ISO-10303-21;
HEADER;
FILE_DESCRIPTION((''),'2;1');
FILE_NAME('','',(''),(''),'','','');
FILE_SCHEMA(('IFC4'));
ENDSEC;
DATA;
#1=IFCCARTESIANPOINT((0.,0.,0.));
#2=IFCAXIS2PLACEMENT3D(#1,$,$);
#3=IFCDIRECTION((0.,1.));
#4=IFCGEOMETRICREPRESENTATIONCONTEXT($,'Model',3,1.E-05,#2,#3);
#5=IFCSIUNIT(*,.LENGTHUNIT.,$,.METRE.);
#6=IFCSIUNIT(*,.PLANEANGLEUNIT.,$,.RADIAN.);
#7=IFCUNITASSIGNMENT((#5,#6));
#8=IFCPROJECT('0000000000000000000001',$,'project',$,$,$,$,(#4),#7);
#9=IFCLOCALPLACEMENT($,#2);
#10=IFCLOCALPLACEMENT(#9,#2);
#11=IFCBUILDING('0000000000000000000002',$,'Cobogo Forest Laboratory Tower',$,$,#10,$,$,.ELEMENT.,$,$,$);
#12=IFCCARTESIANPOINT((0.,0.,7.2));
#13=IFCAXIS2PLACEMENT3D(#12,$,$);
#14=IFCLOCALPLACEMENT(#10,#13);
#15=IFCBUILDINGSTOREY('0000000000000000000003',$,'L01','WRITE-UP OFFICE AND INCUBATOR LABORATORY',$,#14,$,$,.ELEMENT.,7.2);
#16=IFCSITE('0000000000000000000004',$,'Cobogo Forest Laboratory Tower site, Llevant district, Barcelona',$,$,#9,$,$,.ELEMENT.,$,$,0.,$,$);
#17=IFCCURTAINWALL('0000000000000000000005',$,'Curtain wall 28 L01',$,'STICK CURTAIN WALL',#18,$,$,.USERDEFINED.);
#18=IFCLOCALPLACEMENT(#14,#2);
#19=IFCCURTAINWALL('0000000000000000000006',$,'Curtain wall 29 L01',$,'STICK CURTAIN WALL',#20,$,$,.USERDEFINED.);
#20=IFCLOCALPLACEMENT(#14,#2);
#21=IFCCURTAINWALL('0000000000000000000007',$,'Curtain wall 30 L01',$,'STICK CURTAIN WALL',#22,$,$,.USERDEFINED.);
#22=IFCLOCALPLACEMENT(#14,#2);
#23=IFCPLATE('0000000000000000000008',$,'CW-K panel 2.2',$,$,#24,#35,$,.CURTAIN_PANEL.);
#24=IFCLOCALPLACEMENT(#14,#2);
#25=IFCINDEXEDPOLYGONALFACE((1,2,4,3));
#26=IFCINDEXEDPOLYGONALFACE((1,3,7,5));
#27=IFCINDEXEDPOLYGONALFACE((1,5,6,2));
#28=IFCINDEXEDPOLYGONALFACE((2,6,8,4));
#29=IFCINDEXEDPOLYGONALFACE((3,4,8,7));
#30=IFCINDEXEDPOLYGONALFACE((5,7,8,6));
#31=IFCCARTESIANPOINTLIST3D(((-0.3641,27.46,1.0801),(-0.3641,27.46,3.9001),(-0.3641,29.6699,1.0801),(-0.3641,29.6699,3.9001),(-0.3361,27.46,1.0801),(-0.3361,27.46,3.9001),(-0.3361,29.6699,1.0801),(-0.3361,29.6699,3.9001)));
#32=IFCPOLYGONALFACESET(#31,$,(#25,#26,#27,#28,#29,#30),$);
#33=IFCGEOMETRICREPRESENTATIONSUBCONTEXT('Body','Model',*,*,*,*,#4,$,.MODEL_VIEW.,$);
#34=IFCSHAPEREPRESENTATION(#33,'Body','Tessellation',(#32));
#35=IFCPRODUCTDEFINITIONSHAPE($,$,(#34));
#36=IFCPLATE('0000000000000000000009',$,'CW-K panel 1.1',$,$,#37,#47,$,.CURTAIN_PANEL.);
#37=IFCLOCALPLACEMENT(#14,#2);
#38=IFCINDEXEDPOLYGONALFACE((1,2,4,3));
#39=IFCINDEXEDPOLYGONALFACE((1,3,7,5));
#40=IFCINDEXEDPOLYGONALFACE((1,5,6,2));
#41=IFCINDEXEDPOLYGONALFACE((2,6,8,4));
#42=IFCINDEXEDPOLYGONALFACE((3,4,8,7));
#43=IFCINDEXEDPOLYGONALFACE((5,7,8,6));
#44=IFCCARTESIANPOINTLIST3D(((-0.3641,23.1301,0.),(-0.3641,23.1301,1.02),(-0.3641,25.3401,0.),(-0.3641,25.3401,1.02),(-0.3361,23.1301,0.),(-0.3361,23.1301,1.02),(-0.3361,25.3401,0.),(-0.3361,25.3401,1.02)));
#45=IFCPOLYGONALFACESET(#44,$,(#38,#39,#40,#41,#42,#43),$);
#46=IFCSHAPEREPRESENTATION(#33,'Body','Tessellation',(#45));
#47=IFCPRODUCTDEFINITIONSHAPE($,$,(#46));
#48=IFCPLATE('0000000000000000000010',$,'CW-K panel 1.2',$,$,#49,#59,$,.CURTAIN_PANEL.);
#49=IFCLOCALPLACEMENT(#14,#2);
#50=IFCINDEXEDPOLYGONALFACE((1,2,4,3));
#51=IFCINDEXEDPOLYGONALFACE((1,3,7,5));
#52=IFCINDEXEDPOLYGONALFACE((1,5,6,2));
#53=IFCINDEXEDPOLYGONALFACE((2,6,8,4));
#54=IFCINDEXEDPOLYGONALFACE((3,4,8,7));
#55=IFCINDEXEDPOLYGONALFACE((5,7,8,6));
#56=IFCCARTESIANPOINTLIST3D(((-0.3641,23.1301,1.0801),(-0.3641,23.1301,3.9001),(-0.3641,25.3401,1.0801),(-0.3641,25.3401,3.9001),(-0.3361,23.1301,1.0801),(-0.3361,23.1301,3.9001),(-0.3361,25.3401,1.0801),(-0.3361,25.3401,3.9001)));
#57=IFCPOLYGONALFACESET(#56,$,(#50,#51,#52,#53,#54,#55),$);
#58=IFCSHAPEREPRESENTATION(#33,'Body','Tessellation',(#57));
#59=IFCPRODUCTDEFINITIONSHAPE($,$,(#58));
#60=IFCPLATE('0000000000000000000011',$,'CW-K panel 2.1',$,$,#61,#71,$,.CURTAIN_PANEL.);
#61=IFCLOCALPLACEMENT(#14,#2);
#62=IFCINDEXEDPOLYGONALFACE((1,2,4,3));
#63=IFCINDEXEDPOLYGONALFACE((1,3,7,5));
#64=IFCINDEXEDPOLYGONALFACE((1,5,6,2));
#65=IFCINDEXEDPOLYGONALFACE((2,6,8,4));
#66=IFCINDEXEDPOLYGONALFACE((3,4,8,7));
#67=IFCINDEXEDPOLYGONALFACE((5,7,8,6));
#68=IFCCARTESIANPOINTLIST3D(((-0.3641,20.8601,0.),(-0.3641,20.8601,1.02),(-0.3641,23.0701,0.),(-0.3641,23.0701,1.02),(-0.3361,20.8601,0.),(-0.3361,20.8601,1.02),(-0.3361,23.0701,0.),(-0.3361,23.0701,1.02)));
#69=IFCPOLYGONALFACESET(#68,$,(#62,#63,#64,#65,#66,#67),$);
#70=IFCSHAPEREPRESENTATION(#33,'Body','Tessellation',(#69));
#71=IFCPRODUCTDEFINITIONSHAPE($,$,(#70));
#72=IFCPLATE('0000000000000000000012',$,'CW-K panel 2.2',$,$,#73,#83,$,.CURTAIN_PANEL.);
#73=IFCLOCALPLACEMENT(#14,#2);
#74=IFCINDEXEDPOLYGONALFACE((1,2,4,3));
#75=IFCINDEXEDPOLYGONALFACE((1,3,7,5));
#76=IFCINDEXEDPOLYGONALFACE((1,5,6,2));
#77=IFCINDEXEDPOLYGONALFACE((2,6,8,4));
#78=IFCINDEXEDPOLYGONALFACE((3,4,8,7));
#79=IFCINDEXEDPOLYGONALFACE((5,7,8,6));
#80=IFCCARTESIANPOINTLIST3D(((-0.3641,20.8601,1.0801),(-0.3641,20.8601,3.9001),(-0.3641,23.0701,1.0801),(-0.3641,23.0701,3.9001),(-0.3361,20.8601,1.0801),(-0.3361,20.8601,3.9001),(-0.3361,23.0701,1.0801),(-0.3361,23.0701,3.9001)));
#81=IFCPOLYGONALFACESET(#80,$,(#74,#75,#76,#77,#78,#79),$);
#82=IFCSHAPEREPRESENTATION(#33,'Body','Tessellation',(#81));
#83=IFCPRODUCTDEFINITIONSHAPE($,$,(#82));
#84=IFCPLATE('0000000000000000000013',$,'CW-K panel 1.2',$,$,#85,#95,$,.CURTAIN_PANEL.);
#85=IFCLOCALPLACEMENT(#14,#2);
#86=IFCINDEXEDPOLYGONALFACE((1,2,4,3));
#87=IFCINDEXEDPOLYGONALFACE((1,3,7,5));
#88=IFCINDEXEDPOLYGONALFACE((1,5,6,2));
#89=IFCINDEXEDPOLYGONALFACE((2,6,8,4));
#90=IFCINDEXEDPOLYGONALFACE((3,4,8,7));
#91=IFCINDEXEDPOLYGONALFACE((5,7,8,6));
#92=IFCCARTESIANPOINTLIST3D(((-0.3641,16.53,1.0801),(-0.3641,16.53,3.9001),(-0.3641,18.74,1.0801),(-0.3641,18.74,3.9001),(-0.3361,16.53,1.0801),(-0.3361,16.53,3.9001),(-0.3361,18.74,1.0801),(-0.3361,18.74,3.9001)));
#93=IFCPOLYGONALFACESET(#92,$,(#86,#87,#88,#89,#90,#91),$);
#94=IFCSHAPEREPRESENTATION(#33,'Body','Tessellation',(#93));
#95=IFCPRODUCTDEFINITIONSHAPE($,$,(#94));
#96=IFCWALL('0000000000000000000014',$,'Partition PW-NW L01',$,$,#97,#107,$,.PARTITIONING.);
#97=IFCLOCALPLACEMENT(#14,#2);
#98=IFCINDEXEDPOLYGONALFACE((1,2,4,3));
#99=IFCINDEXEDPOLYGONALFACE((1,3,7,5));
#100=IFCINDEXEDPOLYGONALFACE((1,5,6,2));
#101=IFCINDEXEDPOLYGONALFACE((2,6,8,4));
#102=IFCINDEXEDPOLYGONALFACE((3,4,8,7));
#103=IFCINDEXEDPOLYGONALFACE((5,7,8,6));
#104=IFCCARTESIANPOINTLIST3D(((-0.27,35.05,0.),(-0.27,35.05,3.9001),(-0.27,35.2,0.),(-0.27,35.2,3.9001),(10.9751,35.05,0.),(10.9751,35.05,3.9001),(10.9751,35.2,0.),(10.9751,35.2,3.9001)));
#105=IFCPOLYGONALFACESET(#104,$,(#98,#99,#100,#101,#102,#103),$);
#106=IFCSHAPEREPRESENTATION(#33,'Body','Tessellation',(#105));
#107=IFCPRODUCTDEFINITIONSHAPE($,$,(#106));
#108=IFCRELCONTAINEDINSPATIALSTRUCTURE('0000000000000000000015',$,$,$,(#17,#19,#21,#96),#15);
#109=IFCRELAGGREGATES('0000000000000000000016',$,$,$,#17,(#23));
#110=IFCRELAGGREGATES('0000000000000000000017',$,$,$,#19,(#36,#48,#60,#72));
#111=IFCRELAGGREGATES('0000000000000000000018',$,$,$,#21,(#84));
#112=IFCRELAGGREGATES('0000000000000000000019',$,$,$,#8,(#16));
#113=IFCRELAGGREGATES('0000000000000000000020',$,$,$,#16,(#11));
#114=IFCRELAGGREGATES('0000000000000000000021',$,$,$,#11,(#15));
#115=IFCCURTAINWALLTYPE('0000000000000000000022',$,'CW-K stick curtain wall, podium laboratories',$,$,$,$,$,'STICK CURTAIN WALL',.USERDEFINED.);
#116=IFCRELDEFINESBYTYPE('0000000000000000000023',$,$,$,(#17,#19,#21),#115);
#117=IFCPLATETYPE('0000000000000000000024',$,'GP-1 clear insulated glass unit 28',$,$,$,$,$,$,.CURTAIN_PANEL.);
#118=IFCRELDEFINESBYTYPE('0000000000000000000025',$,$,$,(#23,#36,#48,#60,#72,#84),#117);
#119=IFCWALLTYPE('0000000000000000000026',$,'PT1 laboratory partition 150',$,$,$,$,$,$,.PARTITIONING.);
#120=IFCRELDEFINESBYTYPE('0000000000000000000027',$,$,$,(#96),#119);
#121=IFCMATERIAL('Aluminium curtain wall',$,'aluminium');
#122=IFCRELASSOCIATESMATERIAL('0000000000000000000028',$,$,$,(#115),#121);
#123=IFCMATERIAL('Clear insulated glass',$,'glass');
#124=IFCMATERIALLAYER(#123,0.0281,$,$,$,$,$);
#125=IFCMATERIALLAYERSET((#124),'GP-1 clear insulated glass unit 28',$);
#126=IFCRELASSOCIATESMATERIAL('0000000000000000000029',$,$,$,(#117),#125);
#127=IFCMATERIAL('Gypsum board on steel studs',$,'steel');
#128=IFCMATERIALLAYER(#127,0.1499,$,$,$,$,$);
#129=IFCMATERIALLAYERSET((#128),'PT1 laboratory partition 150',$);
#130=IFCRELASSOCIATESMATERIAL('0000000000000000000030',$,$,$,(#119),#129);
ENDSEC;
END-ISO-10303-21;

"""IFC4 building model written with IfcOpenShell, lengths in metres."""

from ifc_helpers import new_model, si_unit, direction, frame, frame_2d, origin, origin_2d, place, context, subcontext, project, spatial, rectangle, extrude, material, layer, layer_set, type_object, element, aggregate, save


model = new_model("IFC4")

# Units and contexts
model_context = context("Model", 3, precision=1e-05, world=origin(), true_north=direction((0.0, 1.0)))
body_context = subcontext(model_context, "Body", "Model", "MODEL_VIEW")
ifc_project = project(units=[si_unit("LENGTHUNIT", "METRE"), si_unit("PLANEANGLEUNIT", "RADIAN")], contexts=[model_context])

# Site, building, storey
site_placement = place(None, origin())
site = spatial("IfcSite", under=ifc_project, at=site_placement, Name="Cobogo Forest Laboratory Tower site, Llevant district, Barcelona", CompositionType="ELEMENT", RefElevation=0.0)
building_placement = place(site_placement, origin())
building = spatial("IfcBuilding", under=site, at=building_placement, Name="Cobogo Forest Laboratory Tower", CompositionType="ELEMENT")
storey_placement = place(building_placement, frame((0.0, 0.0, 7.2)))
storey = spatial("IfcBuildingStorey", under=building, at=storey_placement, Name="L01", Description="WRITE-UP OFFICE AND INCUBATOR LABORATORY", CompositionType="ELEMENT", Elevation=7.2)

# Curtain walls
ifc_material_1 = material(Name="Aluminium curtain wall", Category="aluminium")
curtain_wall_type = type_object("IfcCurtainWallType", Name="CW-K stick curtain wall, podium laboratories", ElementType="STICK CURTAIN WALL", PredefinedType="USERDEFINED", material=ifc_material_1)
curtain_wall_1_placement = place(storey_placement, origin())
curtain_wall_1 = element("IfcCurtainWall", 1, at=curtain_wall_1_placement, inside=storey, type_object=curtain_wall_type, Name="Curtain wall 28 L01", ObjectType="STICK CURTAIN WALL", PredefinedType="USERDEFINED")
curtain_wall_2_placement = place(storey_placement, origin())
curtain_wall_2 = element("IfcCurtainWall", 2, at=curtain_wall_2_placement, inside=storey, type_object=curtain_wall_type, Name="Curtain wall 29 L01", ObjectType="STICK CURTAIN WALL", PredefinedType="USERDEFINED")

# Curtain wall
curtain_wall_3_placement = place(storey_placement, origin())
curtain_wall_3 = element("IfcCurtainWall", 3, at=curtain_wall_3_placement, inside=storey, type_object=curtain_wall_type, Name="Curtain wall 30 L01", ObjectType="STICK CURTAIN WALL", PredefinedType="USERDEFINED")

# Plates
ifc_material_2 = material(Name="Clear insulated glass", Category="glass")
ifc_layer_1 = layer(ifc_material_2, 0.0281)
ifc_layer_set_1 = layer_set([ifc_layer_1], Name="GP-1 clear insulated glass unit 28")
plate_type_1 = type_object("IfcPlateType", Name="GP-1 clear insulated glass unit 28", PredefinedType="CURTAIN_PANEL", material=ifc_layer_set_1)
plate_1_placement = place(storey_placement, frame((-0.3501, 28.5649, 1.0801), z_axis=(0.0, 0.0, 1.0), x_axis=(0.0, -1.0, 0.0)))
plate_1 = element("IfcPlate", 4, at=plate_1_placement, type_object=plate_type_1, Name="CW-K panel 2.2", PredefinedType="CURTAIN_PANEL", context=body_context, shape_type="SweptSolid", body=[
    extrude(rectangle(XDim=2.21, YDim=0.0281, at=origin_2d()), origin(), (0.0, 0.0, 1.0), 2.8201),
])
aggregate(curtain_wall_1, [plate_1])
plate_2_placement = place(storey_placement, frame((-0.3501, 24.2351, 0.0), z_axis=(0.0, 0.0, 1.0), x_axis=(0.0, -1.0, 0.0)))
plate_2 = element("IfcPlate", 5, at=plate_2_placement, type_object=plate_type_1, Name="CW-K panel 1.1", PredefinedType="CURTAIN_PANEL", context=body_context, shape_type="SweptSolid", body=[
    extrude(rectangle(XDim=2.21, YDim=0.0281, at=origin_2d()), origin(), (0.0, 0.0, 1.0), 1.02),
])
plate_3_placement = place(storey_placement, frame((-0.3501, 24.2351, 1.0801), z_axis=(0.0, 0.0, 1.0), x_axis=(0.0, -1.0, 0.0)))
plate_3 = element("IfcPlate", 6, at=plate_3_placement, type_object=plate_type_1, Name="CW-K panel 1.2", PredefinedType="CURTAIN_PANEL", context=body_context, shape_type="SweptSolid", body=[
    extrude(rectangle(XDim=2.21, YDim=0.0281, at=origin_2d()), origin(), (0.0, 0.0, 1.0), 2.8201),
])
plate_4_placement = place(storey_placement, frame((-0.3501, 21.9651, 0.0), z_axis=(0.0, 0.0, 1.0), x_axis=(0.0, -1.0, 0.0)))
plate_4 = element("IfcPlate", 7, at=plate_4_placement, type_object=plate_type_1, Name="CW-K panel 2.1", PredefinedType="CURTAIN_PANEL", context=body_context, shape_type="SweptSolid", body=[
    extrude(rectangle(XDim=2.21, YDim=0.0281, at=origin_2d()), origin(), (0.0, 0.0, 1.0), 1.02),
])
plate_5_placement = place(storey_placement, frame((-0.3501, 21.9651, 1.0801), z_axis=(0.0, 0.0, 1.0), x_axis=(0.0, -1.0, 0.0)))
plate_5 = element("IfcPlate", 8, at=plate_5_placement, type_object=plate_type_1, Name="CW-K panel 2.2", PredefinedType="CURTAIN_PANEL", context=body_context, shape_type="SweptSolid", body=[
    extrude(rectangle(XDim=2.21, YDim=0.0281, at=origin_2d()), origin(), (0.0, 0.0, 1.0), 2.8201),
])
aggregate(curtain_wall_2, [plate_2, plate_3, plate_4, plate_5])
plate_6_placement = place(storey_placement, frame((-0.3501, 17.635, 1.0801), z_axis=(0.0, 0.0, 1.0), x_axis=(0.0, -1.0, 0.0)))
plate_6 = element("IfcPlate", 9, at=plate_6_placement, type_object=plate_type_1, Name="CW-K panel 1.2", PredefinedType="CURTAIN_PANEL", context=body_context, shape_type="SweptSolid", body=[
    extrude(rectangle(XDim=2.21, YDim=0.0281, at=origin_2d()), origin(), (0.0, 0.0, 1.0), 2.8201),
])
aggregate(curtain_wall_3, [plate_6])

# Wall
ifc_material_3 = material(Name="Gypsum board on steel studs", Category="steel")
ifc_layer_2 = layer(ifc_material_3, 0.1499)
ifc_layer_set_2 = layer_set([ifc_layer_2], Name="PT1 laboratory partition 150")
wall_type = type_object("IfcWallType", Name="PT1 laboratory partition 150", PredefinedType="PARTITIONING", material=ifc_layer_set_2)
wall_placement = place(storey_placement, frame((-0.27, 35.125, 0.0), z_axis=(0.0, 0.0, 1.0), x_axis=(1.0, 0.0, 0.0)))
element("IfcWall", 10, at=wall_placement, inside=storey, type_object=wall_type, Name="Partition PW-NW L01", PredefinedType="PARTITIONING", context=body_context, shape_type="SweptSolid", body=[
    extrude(rectangle(XDim=11.2451, YDim=0.1499, at=frame_2d((5.6226, 0.0))), origin(), (0.0, 0.0, 1.0), 3.9001),
])

save(model, "model.ifc")
